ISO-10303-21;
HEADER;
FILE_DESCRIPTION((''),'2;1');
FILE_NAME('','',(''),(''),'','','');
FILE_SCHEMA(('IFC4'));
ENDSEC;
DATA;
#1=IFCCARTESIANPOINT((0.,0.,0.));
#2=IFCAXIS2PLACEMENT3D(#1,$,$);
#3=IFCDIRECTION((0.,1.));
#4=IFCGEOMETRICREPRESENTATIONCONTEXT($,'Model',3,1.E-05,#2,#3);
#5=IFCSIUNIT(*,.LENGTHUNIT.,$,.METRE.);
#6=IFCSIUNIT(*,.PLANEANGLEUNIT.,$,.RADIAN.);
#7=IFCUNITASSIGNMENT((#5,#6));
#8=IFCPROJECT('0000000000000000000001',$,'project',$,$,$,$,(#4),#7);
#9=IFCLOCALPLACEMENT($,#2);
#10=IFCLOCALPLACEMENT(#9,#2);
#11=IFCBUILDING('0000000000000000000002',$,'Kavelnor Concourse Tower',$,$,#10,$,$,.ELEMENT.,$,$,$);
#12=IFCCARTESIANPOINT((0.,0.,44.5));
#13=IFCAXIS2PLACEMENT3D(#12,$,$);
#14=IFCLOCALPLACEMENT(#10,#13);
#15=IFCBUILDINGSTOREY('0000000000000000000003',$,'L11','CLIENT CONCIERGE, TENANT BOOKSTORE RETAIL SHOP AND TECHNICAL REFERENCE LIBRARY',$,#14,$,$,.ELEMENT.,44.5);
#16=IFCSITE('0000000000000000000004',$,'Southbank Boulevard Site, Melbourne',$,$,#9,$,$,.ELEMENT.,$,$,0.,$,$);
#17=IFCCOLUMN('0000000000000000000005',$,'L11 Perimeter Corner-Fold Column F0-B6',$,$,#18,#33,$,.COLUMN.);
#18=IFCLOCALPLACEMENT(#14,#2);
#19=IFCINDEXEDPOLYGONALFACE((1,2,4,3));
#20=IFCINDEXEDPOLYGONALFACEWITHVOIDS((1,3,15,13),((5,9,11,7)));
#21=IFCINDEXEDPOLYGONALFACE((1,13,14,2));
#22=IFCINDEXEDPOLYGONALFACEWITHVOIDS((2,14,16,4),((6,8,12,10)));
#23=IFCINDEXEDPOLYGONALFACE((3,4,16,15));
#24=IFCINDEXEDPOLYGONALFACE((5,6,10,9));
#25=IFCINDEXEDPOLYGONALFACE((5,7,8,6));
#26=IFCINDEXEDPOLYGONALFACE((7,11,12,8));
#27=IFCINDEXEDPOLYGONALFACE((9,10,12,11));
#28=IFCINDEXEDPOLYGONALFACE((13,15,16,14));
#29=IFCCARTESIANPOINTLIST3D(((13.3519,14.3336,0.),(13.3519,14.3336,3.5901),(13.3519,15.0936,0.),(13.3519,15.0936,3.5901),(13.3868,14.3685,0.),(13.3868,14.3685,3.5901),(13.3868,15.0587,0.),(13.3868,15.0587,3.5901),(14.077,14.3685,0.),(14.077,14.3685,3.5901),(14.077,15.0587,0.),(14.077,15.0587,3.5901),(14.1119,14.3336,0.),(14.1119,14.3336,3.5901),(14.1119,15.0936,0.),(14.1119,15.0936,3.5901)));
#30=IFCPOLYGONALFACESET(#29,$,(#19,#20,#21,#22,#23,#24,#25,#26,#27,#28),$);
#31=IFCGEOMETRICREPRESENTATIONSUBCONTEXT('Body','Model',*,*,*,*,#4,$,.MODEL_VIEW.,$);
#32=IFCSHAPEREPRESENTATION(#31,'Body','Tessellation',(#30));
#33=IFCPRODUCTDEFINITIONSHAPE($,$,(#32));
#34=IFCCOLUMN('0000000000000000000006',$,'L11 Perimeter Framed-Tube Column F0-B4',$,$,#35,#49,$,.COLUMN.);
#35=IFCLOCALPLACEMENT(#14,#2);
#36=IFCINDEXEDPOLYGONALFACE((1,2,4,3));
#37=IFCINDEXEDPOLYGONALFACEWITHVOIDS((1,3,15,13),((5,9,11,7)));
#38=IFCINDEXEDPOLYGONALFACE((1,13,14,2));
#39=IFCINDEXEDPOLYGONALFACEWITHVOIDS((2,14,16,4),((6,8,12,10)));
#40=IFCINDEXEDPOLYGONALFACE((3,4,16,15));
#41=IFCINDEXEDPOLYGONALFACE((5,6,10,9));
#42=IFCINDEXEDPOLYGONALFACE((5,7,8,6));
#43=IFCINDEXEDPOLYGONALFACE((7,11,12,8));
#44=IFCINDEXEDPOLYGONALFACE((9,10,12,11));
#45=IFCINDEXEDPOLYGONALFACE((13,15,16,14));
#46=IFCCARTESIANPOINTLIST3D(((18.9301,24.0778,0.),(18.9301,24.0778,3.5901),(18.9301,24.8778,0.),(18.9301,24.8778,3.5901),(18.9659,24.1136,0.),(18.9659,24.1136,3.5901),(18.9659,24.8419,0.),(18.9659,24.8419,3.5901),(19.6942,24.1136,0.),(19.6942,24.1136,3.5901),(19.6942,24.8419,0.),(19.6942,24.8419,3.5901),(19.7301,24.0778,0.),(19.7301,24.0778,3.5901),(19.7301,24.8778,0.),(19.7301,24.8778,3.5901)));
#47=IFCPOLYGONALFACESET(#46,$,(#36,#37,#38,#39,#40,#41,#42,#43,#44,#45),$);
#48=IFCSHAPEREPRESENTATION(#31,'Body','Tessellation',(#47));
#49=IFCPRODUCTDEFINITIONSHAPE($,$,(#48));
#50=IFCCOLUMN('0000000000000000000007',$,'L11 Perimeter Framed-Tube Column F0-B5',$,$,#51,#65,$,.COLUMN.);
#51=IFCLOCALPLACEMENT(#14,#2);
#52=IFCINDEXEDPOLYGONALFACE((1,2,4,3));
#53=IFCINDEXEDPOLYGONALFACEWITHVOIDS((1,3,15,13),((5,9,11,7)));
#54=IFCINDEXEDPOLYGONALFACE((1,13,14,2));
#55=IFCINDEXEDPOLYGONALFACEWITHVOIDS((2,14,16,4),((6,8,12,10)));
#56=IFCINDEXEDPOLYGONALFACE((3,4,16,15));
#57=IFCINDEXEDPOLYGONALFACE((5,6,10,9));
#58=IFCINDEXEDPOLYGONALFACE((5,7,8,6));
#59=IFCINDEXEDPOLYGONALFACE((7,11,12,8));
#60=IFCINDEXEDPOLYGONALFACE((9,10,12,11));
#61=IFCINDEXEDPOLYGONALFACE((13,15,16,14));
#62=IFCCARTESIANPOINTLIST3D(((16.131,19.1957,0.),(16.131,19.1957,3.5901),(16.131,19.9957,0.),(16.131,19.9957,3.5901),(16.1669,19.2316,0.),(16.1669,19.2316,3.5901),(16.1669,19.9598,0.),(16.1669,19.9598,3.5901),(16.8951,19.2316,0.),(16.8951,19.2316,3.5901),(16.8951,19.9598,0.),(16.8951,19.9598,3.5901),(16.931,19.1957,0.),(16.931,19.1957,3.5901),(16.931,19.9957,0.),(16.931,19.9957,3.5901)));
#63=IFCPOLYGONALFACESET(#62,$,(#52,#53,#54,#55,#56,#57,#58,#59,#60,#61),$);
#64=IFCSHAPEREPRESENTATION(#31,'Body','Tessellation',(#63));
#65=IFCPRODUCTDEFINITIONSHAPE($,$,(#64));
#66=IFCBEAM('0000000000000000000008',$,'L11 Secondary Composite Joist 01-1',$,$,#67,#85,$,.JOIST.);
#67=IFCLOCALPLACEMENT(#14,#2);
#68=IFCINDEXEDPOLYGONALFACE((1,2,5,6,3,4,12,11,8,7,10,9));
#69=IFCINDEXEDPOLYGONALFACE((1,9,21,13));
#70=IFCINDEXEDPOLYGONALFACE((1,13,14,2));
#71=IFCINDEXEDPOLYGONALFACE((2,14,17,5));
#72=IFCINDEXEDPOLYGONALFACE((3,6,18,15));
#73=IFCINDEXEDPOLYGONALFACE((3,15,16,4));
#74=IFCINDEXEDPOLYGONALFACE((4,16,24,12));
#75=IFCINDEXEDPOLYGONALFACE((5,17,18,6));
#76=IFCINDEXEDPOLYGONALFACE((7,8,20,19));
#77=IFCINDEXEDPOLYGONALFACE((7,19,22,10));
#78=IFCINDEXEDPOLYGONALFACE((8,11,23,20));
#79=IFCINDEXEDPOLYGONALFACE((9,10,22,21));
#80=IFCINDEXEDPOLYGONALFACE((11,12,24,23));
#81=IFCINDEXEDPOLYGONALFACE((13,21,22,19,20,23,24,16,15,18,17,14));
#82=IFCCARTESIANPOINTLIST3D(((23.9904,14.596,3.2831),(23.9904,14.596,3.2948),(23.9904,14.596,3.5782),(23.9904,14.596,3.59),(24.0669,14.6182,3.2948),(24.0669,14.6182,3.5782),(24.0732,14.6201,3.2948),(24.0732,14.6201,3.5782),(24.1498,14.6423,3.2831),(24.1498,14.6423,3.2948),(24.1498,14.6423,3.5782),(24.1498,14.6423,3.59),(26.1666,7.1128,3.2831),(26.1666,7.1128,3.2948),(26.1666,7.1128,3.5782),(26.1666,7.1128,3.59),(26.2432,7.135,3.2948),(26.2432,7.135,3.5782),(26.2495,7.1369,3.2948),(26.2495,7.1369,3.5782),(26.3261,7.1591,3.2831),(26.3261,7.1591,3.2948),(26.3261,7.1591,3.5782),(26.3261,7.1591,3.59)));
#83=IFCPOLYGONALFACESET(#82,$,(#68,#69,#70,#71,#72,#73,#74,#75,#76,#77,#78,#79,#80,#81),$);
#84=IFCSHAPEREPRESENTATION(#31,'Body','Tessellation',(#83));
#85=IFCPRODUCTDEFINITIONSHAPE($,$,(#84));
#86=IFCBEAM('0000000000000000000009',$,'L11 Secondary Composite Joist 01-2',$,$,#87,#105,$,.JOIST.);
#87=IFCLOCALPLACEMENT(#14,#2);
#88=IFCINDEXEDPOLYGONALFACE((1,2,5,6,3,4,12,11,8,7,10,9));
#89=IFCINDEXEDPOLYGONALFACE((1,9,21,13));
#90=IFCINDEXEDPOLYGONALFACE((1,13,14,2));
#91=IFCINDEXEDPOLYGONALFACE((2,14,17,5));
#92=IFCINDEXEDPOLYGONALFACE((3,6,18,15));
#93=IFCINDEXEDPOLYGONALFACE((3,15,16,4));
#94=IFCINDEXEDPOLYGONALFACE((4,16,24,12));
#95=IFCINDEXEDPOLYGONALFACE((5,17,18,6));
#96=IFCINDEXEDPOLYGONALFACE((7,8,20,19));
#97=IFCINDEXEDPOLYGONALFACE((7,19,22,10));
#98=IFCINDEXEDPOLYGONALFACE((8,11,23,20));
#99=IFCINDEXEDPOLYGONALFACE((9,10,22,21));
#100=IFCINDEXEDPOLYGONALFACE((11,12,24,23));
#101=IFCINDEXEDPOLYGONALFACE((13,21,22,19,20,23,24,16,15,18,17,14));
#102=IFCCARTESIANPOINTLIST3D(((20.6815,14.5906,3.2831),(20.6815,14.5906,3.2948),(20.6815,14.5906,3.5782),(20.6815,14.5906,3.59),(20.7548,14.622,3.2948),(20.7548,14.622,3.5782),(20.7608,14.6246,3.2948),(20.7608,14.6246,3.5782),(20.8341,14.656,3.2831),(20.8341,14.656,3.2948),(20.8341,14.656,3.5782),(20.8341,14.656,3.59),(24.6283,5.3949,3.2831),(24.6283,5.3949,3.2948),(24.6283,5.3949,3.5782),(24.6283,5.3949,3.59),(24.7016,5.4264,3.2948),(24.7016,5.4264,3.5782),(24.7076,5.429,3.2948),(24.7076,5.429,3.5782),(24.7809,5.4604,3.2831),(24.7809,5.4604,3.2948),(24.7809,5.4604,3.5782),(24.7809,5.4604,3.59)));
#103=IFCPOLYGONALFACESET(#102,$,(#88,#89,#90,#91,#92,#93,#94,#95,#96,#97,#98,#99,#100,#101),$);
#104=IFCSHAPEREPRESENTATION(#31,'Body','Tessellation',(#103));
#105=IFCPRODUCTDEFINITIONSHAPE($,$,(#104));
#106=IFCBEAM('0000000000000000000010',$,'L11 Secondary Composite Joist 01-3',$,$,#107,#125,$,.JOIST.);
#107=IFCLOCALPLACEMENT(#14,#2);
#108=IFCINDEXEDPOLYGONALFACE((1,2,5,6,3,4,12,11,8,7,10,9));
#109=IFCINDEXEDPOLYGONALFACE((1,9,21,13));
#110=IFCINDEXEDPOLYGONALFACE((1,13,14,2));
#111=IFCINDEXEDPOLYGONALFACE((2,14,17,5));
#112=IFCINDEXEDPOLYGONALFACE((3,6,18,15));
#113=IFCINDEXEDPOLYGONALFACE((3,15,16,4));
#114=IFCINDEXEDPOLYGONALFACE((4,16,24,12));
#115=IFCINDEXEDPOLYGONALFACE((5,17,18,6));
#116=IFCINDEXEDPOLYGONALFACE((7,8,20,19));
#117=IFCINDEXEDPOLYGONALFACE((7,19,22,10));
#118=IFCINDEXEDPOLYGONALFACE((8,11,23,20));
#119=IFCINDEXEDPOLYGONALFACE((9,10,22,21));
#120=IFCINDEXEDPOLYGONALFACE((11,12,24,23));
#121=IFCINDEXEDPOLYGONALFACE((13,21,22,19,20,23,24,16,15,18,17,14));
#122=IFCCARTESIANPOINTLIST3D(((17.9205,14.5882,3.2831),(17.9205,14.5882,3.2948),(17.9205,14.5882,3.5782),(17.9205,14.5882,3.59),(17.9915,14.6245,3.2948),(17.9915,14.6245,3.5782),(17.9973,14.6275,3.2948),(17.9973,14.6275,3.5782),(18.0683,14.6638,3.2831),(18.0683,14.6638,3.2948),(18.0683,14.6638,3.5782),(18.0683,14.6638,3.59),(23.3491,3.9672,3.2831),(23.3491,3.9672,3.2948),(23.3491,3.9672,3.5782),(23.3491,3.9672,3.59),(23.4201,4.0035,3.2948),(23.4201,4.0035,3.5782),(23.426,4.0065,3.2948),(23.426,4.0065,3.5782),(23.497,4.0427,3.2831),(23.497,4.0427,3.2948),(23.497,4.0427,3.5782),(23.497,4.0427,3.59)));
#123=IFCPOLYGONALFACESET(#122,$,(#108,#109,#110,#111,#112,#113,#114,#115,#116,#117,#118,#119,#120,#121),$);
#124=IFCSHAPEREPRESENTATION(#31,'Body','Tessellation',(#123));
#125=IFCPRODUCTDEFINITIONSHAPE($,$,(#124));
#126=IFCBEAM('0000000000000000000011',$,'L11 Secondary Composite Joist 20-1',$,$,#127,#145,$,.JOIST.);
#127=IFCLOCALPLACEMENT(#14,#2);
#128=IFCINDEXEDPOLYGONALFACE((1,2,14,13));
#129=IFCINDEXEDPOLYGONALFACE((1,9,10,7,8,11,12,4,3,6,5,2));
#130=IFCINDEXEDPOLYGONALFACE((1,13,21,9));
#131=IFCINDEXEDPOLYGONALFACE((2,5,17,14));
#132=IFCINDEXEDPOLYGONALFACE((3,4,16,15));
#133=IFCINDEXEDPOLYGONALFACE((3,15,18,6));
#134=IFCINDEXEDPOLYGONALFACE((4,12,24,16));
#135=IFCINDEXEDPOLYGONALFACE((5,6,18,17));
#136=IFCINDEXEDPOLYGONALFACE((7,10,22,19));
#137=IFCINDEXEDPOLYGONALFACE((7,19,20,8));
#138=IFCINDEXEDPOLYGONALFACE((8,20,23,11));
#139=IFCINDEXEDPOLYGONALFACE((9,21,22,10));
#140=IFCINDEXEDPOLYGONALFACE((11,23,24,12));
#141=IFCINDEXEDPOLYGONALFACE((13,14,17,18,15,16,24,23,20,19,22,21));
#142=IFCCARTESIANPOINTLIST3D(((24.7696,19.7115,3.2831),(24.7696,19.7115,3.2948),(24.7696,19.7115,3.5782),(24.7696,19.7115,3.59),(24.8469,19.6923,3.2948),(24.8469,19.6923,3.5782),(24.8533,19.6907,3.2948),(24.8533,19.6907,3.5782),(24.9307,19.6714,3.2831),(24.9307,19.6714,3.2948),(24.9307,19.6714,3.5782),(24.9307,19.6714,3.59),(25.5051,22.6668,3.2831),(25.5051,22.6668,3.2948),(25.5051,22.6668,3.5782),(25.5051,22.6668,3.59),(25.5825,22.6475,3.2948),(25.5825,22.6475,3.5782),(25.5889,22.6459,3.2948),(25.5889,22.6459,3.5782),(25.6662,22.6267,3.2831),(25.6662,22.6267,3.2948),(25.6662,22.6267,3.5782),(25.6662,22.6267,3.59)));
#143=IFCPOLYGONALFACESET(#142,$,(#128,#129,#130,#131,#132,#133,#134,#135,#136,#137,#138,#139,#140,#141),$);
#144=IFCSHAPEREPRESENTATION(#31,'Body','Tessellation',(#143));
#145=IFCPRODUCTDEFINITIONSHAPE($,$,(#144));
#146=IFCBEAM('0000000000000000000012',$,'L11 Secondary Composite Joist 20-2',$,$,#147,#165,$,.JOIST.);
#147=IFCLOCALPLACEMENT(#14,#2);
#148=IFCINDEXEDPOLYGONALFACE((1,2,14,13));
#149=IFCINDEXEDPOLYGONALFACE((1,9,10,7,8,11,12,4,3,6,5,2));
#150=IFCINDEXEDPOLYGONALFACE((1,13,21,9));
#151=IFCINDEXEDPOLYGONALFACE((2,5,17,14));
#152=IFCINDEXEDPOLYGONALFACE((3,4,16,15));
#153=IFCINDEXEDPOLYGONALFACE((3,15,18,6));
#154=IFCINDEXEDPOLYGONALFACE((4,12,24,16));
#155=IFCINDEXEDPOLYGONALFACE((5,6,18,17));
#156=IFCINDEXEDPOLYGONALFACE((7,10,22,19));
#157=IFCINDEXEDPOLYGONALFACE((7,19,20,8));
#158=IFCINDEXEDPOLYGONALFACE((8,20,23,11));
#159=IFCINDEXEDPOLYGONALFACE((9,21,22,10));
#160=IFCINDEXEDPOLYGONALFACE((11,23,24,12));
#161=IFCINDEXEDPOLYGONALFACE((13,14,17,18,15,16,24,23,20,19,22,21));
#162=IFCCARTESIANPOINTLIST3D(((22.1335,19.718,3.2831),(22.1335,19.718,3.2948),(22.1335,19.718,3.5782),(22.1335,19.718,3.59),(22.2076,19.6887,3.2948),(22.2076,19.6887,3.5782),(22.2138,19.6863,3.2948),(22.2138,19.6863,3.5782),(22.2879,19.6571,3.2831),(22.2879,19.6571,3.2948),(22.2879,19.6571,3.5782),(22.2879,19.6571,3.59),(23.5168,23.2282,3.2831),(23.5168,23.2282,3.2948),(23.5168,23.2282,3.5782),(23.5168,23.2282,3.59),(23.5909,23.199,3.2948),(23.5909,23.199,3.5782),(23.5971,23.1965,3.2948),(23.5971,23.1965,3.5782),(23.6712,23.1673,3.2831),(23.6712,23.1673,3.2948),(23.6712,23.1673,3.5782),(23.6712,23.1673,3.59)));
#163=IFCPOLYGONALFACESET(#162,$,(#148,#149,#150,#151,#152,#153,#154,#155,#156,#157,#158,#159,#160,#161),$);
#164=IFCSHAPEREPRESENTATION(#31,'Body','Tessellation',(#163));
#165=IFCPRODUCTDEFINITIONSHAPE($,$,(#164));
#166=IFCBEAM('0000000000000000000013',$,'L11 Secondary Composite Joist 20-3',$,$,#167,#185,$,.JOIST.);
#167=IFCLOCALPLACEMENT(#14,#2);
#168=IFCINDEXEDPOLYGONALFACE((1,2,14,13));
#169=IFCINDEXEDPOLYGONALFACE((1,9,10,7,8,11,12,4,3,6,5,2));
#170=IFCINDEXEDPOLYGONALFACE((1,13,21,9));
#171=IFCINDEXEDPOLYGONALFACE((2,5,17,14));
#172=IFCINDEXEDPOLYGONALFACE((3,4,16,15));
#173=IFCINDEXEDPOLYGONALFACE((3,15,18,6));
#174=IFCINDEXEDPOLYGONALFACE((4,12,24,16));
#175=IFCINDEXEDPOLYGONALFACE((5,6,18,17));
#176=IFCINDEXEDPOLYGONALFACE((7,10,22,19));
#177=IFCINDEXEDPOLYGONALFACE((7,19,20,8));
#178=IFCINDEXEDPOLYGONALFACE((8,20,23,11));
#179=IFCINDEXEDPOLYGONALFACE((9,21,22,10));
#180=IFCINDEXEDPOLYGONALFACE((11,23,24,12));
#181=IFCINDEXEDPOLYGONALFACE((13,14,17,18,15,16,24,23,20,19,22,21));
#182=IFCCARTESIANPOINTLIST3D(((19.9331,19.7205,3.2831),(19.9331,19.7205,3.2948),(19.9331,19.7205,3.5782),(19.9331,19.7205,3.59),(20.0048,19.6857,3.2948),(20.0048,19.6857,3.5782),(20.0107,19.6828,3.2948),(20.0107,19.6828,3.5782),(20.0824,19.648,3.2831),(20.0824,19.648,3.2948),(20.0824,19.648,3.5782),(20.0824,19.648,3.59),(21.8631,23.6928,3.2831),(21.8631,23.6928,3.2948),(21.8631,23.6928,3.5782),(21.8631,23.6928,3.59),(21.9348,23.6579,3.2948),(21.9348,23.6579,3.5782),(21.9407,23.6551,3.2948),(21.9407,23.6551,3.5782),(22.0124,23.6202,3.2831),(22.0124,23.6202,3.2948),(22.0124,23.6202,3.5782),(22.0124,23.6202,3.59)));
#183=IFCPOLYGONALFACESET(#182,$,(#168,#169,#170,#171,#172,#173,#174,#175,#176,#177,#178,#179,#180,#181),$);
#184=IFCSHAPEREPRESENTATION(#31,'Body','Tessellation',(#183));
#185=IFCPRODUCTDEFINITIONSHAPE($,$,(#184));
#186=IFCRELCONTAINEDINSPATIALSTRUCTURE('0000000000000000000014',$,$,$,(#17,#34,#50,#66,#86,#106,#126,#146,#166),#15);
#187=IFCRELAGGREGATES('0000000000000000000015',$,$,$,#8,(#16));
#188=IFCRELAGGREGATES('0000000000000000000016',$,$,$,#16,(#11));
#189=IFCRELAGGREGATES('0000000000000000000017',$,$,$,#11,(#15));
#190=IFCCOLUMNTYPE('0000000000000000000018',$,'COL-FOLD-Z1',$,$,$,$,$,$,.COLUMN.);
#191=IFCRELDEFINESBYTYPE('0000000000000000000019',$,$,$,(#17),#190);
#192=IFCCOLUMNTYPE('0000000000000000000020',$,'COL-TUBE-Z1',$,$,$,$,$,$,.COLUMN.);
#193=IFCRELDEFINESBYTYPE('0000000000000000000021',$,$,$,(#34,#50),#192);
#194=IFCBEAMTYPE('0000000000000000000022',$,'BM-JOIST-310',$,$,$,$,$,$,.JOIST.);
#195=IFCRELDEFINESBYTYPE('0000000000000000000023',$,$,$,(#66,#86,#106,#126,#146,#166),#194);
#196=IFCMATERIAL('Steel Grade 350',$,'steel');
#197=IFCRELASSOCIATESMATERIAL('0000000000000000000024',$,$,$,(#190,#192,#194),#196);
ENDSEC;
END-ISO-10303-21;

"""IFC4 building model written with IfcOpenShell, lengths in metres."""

from ifc_helpers import new_model, si_unit, direction, frame, origin, origin_2d, place, context, subcontext, project, spatial, hollow_rectangle, i_section, extrude, material, material_profile, profile_set, type_object, element, save


model = new_model("IFC4")

# Units and contexts
model_context = context("Model", 3, precision=1e-05, world=origin(), true_north=direction((0.0, 1.0)))
body_context = subcontext(model_context, "Body", "Model", "MODEL_VIEW")
ifc_project = project(units=[si_unit("LENGTHUNIT", "METRE"), si_unit("PLANEANGLEUNIT", "RADIAN")], contexts=[model_context])

# Site, building, storey
site_placement = place(None, origin())
site = spatial("IfcSite", under=ifc_project, at=site_placement, Name="Southbank Boulevard Site, Melbourne", CompositionType="ELEMENT", RefElevation=0.0)
building_placement = place(site_placement, origin())
building = spatial("IfcBuilding", under=site, at=building_placement, Name="Kavelnor Concourse Tower", CompositionType="ELEMENT")
storey_placement = place(building_placement, frame((0.0, 0.0, 44.5)))
storey = spatial("IfcBuildingStorey", under=building, at=storey_placement, Name="L11", Description="CLIENT CONCIERGE, TENANT BOOKSTORE RETAIL SHOP AND TECHNICAL REFERENCE LIBRARY", CompositionType="ELEMENT", Elevation=44.5)

# Columns
ifc_material_1 = material(Name="Steel Grade 350", Category="steel")
ifc_material_profile_1 = material_profile(ifc_material_1, hollow_rectangle(XDim=0.76, YDim=0.76, WallThickness=0.0349, at=origin_2d()), Name="SHS 760x760x35")
ifc_profile_set_1 = profile_set([ifc_material_profile_1], Name="Steel Grade 350")
column_type_1 = type_object("IfcColumnType", Name="COL-FOLD-Z1", PredefinedType="COLUMN", material=ifc_profile_set_1)
column_placement = place(storey_placement, frame((13.7319, 14.7136, 0.0), z_axis=(0.0, 0.0, 1.0), x_axis=(1.0, 0.0, 0.0)))
element("IfcColumn", 1, at=column_placement, inside=storey, type_object=column_type_1, Name="L11 Perimeter Corner-Fold Column F0-B6", PredefinedType="COLUMN", context=body_context, shape_type="SweptSolid", body=[
    extrude(hollow_rectangle(XDim=0.76, YDim=0.76, WallThickness=0.0349, at=origin_2d()), origin(), (0.0, 0.0, 1.0), 3.5901),
])
ifc_material_profile_2 = material_profile(ifc_material_1, hollow_rectangle(XDim=0.8, YDim=0.8, WallThickness=0.0359, at=origin_2d()), Name="SHS 800x800x36")
ifc_profile_set_2 = profile_set([ifc_material_profile_2], Name="Steel Grade 350")
column_type_2 = type_object("IfcColumnType", Name="COL-TUBE-Z1", PredefinedType="COLUMN", material=ifc_profile_set_2)
for number, where, z_axis, x_axis, name in (
    (2, (19.3301, 24.4778, 0.0), (0.0, 0.0, 1.0), (1.0, 0.0, 0.0), "L11 Perimeter Framed-Tube Column F0-B4"),
    (3, (16.531, 19.5957, 0.0), (0.0, 0.0, 1.0), (1.0, 0.0, 0.0), "L11 Perimeter Framed-Tube Column F0-B5"),
):
    element("IfcColumn", number, at=place(storey_placement, frame(where, z_axis=z_axis, x_axis=x_axis)), inside=storey, type_object=column_type_2, Name=name, PredefinedType="COLUMN", context=body_context, shape_type="SweptSolid", body=[
        extrude(hollow_rectangle(XDim=0.8, YDim=0.8, WallThickness=0.0359, at=origin_2d()), origin(), (0.0, 0.0, 1.0), 3.5901),
    ])

# Beams
ifc_material_profile_3 = material_profile(ifc_material_1, i_section(OverallWidth=0.166, OverallDepth=0.3069, WebThickness=0.0066, FlangeThickness=0.0117, at=origin_2d()), Name="310UB46")
ifc_profile_set_3 = profile_set([ifc_material_profile_3], Name="Steel Grade 350")
beam_type_1 = type_object("IfcBeamType", Name="BM-JOIST-310", PredefinedType="JOIST", material=ifc_profile_set_3)
beam_1_placement = place(storey_placement, frame((24.0701, 14.6191, 3.4365), z_axis=(0.279253, -0.960218, 0.0), x_axis=(0.960218, 0.279253, 0.0)))
element("IfcBeam", 4, at=beam_1_placement, inside=storey, type_object=beam_type_1, Name="L11 Secondary Composite Joist 01-1", PredefinedType="JOIST", context=body_context, shape_type="SweptSolid", body=[
    extrude(i_section(OverallWidth=0.166, OverallDepth=0.3069, WebThickness=0.0066, FlangeThickness=0.0117, at=origin_2d()), origin(), (0.0, 0.0, 1.0), 7.7932),
])
beam_2_placement = place(storey_placement, frame((20.7578, 14.6233, 3.4365), z_axis=(0.394411, -0.918934, 0.0), x_axis=(0.918934, 0.394411, 0.0)))
element("IfcBeam", 5, at=beam_2_placement, inside=storey, type_object=beam_type_1, Name="L11 Secondary Composite Joist 01-2", PredefinedType="JOIST", context=body_context, shape_type="SweptSolid", body=[
    extrude(i_section(OverallWidth=0.166, OverallDepth=0.3069, WebThickness=0.0066, FlangeThickness=0.0117, at=origin_2d()), origin(), (0.0, 0.0, 1.0), 10.0068),
])
beam_3_placement = place(storey_placement, frame((17.9944, 14.626, 3.4365), z_axis=(0.455121, -0.89043, 0.0), x_axis=(0.89043, 0.455121, 0.0)))
element("IfcBeam", 6, at=beam_3_placement, inside=storey, type_object=beam_type_1, Name="L11 Secondary Composite Joist 01-3", PredefinedType="JOIST", context=body_context, shape_type="SweptSolid", body=[
    extrude(i_section(OverallWidth=0.166, OverallDepth=0.3069, WebThickness=0.0066, FlangeThickness=0.0117, at=origin_2d()), origin(), (0.0, 0.0, 1.0), 11.928),
])
beam_4_placement = place(storey_placement, frame((25.5857, 22.6467, 3.4365), z_axis=(-0.241536, -0.970392, 0.0), x_axis=(0.970392, -0.241536, 0.0)))
element("IfcBeam", 7, at=beam_4_placement, inside=storey, type_object=beam_type_1, Name="L11 Secondary Composite Joist 20-1", PredefinedType="JOIST", context=body_context, shape_type="SweptSolid", body=[
    extrude(i_section(OverallWidth=0.166, OverallDepth=0.3069, WebThickness=0.0066, FlangeThickness=0.0117, at=origin_2d()), origin(), (0.0, 0.0, 1.0), 3.0454),
])
beam_5_placement = place(storey_placement, frame((23.594, 23.1978, 3.4365), z_axis=(-0.366633, -0.930366, 0.0), x_axis=(0.930366, -0.366633, 0.0)))
element("IfcBeam", 8, at=beam_5_placement, inside=storey, type_object=beam_type_1, Name="L11 Secondary Composite Joist 20-2", PredefinedType="JOIST", context=body_context, shape_type="SweptSolid", body=[
    extrude(i_section(OverallWidth=0.166, OverallDepth=0.3069, WebThickness=0.0066, FlangeThickness=0.0117, at=origin_2d()), origin(), (0.0, 0.0, 1.0), 3.7729),
])
beam_6_placement = place(storey_placement, frame((21.9377, 23.6565, 3.4365), z_axis=(-0.437013, -0.899455, 0.0), x_axis=(0.899455, -0.437013, 0.0)))
element("IfcBeam", 9, at=beam_6_placement, inside=storey, type_object=beam_type_1, Name="L11 Secondary Composite Joist 20-3", PredefinedType="JOIST", context=body_context, shape_type="SweptSolid", body=[
    extrude(i_section(OverallWidth=0.166, OverallDepth=0.3069, WebThickness=0.0066, FlangeThickness=0.0117, at=origin_2d()), origin(), (0.0, 0.0, 1.0), 4.4163),
])

save(model, "model.ifc")
